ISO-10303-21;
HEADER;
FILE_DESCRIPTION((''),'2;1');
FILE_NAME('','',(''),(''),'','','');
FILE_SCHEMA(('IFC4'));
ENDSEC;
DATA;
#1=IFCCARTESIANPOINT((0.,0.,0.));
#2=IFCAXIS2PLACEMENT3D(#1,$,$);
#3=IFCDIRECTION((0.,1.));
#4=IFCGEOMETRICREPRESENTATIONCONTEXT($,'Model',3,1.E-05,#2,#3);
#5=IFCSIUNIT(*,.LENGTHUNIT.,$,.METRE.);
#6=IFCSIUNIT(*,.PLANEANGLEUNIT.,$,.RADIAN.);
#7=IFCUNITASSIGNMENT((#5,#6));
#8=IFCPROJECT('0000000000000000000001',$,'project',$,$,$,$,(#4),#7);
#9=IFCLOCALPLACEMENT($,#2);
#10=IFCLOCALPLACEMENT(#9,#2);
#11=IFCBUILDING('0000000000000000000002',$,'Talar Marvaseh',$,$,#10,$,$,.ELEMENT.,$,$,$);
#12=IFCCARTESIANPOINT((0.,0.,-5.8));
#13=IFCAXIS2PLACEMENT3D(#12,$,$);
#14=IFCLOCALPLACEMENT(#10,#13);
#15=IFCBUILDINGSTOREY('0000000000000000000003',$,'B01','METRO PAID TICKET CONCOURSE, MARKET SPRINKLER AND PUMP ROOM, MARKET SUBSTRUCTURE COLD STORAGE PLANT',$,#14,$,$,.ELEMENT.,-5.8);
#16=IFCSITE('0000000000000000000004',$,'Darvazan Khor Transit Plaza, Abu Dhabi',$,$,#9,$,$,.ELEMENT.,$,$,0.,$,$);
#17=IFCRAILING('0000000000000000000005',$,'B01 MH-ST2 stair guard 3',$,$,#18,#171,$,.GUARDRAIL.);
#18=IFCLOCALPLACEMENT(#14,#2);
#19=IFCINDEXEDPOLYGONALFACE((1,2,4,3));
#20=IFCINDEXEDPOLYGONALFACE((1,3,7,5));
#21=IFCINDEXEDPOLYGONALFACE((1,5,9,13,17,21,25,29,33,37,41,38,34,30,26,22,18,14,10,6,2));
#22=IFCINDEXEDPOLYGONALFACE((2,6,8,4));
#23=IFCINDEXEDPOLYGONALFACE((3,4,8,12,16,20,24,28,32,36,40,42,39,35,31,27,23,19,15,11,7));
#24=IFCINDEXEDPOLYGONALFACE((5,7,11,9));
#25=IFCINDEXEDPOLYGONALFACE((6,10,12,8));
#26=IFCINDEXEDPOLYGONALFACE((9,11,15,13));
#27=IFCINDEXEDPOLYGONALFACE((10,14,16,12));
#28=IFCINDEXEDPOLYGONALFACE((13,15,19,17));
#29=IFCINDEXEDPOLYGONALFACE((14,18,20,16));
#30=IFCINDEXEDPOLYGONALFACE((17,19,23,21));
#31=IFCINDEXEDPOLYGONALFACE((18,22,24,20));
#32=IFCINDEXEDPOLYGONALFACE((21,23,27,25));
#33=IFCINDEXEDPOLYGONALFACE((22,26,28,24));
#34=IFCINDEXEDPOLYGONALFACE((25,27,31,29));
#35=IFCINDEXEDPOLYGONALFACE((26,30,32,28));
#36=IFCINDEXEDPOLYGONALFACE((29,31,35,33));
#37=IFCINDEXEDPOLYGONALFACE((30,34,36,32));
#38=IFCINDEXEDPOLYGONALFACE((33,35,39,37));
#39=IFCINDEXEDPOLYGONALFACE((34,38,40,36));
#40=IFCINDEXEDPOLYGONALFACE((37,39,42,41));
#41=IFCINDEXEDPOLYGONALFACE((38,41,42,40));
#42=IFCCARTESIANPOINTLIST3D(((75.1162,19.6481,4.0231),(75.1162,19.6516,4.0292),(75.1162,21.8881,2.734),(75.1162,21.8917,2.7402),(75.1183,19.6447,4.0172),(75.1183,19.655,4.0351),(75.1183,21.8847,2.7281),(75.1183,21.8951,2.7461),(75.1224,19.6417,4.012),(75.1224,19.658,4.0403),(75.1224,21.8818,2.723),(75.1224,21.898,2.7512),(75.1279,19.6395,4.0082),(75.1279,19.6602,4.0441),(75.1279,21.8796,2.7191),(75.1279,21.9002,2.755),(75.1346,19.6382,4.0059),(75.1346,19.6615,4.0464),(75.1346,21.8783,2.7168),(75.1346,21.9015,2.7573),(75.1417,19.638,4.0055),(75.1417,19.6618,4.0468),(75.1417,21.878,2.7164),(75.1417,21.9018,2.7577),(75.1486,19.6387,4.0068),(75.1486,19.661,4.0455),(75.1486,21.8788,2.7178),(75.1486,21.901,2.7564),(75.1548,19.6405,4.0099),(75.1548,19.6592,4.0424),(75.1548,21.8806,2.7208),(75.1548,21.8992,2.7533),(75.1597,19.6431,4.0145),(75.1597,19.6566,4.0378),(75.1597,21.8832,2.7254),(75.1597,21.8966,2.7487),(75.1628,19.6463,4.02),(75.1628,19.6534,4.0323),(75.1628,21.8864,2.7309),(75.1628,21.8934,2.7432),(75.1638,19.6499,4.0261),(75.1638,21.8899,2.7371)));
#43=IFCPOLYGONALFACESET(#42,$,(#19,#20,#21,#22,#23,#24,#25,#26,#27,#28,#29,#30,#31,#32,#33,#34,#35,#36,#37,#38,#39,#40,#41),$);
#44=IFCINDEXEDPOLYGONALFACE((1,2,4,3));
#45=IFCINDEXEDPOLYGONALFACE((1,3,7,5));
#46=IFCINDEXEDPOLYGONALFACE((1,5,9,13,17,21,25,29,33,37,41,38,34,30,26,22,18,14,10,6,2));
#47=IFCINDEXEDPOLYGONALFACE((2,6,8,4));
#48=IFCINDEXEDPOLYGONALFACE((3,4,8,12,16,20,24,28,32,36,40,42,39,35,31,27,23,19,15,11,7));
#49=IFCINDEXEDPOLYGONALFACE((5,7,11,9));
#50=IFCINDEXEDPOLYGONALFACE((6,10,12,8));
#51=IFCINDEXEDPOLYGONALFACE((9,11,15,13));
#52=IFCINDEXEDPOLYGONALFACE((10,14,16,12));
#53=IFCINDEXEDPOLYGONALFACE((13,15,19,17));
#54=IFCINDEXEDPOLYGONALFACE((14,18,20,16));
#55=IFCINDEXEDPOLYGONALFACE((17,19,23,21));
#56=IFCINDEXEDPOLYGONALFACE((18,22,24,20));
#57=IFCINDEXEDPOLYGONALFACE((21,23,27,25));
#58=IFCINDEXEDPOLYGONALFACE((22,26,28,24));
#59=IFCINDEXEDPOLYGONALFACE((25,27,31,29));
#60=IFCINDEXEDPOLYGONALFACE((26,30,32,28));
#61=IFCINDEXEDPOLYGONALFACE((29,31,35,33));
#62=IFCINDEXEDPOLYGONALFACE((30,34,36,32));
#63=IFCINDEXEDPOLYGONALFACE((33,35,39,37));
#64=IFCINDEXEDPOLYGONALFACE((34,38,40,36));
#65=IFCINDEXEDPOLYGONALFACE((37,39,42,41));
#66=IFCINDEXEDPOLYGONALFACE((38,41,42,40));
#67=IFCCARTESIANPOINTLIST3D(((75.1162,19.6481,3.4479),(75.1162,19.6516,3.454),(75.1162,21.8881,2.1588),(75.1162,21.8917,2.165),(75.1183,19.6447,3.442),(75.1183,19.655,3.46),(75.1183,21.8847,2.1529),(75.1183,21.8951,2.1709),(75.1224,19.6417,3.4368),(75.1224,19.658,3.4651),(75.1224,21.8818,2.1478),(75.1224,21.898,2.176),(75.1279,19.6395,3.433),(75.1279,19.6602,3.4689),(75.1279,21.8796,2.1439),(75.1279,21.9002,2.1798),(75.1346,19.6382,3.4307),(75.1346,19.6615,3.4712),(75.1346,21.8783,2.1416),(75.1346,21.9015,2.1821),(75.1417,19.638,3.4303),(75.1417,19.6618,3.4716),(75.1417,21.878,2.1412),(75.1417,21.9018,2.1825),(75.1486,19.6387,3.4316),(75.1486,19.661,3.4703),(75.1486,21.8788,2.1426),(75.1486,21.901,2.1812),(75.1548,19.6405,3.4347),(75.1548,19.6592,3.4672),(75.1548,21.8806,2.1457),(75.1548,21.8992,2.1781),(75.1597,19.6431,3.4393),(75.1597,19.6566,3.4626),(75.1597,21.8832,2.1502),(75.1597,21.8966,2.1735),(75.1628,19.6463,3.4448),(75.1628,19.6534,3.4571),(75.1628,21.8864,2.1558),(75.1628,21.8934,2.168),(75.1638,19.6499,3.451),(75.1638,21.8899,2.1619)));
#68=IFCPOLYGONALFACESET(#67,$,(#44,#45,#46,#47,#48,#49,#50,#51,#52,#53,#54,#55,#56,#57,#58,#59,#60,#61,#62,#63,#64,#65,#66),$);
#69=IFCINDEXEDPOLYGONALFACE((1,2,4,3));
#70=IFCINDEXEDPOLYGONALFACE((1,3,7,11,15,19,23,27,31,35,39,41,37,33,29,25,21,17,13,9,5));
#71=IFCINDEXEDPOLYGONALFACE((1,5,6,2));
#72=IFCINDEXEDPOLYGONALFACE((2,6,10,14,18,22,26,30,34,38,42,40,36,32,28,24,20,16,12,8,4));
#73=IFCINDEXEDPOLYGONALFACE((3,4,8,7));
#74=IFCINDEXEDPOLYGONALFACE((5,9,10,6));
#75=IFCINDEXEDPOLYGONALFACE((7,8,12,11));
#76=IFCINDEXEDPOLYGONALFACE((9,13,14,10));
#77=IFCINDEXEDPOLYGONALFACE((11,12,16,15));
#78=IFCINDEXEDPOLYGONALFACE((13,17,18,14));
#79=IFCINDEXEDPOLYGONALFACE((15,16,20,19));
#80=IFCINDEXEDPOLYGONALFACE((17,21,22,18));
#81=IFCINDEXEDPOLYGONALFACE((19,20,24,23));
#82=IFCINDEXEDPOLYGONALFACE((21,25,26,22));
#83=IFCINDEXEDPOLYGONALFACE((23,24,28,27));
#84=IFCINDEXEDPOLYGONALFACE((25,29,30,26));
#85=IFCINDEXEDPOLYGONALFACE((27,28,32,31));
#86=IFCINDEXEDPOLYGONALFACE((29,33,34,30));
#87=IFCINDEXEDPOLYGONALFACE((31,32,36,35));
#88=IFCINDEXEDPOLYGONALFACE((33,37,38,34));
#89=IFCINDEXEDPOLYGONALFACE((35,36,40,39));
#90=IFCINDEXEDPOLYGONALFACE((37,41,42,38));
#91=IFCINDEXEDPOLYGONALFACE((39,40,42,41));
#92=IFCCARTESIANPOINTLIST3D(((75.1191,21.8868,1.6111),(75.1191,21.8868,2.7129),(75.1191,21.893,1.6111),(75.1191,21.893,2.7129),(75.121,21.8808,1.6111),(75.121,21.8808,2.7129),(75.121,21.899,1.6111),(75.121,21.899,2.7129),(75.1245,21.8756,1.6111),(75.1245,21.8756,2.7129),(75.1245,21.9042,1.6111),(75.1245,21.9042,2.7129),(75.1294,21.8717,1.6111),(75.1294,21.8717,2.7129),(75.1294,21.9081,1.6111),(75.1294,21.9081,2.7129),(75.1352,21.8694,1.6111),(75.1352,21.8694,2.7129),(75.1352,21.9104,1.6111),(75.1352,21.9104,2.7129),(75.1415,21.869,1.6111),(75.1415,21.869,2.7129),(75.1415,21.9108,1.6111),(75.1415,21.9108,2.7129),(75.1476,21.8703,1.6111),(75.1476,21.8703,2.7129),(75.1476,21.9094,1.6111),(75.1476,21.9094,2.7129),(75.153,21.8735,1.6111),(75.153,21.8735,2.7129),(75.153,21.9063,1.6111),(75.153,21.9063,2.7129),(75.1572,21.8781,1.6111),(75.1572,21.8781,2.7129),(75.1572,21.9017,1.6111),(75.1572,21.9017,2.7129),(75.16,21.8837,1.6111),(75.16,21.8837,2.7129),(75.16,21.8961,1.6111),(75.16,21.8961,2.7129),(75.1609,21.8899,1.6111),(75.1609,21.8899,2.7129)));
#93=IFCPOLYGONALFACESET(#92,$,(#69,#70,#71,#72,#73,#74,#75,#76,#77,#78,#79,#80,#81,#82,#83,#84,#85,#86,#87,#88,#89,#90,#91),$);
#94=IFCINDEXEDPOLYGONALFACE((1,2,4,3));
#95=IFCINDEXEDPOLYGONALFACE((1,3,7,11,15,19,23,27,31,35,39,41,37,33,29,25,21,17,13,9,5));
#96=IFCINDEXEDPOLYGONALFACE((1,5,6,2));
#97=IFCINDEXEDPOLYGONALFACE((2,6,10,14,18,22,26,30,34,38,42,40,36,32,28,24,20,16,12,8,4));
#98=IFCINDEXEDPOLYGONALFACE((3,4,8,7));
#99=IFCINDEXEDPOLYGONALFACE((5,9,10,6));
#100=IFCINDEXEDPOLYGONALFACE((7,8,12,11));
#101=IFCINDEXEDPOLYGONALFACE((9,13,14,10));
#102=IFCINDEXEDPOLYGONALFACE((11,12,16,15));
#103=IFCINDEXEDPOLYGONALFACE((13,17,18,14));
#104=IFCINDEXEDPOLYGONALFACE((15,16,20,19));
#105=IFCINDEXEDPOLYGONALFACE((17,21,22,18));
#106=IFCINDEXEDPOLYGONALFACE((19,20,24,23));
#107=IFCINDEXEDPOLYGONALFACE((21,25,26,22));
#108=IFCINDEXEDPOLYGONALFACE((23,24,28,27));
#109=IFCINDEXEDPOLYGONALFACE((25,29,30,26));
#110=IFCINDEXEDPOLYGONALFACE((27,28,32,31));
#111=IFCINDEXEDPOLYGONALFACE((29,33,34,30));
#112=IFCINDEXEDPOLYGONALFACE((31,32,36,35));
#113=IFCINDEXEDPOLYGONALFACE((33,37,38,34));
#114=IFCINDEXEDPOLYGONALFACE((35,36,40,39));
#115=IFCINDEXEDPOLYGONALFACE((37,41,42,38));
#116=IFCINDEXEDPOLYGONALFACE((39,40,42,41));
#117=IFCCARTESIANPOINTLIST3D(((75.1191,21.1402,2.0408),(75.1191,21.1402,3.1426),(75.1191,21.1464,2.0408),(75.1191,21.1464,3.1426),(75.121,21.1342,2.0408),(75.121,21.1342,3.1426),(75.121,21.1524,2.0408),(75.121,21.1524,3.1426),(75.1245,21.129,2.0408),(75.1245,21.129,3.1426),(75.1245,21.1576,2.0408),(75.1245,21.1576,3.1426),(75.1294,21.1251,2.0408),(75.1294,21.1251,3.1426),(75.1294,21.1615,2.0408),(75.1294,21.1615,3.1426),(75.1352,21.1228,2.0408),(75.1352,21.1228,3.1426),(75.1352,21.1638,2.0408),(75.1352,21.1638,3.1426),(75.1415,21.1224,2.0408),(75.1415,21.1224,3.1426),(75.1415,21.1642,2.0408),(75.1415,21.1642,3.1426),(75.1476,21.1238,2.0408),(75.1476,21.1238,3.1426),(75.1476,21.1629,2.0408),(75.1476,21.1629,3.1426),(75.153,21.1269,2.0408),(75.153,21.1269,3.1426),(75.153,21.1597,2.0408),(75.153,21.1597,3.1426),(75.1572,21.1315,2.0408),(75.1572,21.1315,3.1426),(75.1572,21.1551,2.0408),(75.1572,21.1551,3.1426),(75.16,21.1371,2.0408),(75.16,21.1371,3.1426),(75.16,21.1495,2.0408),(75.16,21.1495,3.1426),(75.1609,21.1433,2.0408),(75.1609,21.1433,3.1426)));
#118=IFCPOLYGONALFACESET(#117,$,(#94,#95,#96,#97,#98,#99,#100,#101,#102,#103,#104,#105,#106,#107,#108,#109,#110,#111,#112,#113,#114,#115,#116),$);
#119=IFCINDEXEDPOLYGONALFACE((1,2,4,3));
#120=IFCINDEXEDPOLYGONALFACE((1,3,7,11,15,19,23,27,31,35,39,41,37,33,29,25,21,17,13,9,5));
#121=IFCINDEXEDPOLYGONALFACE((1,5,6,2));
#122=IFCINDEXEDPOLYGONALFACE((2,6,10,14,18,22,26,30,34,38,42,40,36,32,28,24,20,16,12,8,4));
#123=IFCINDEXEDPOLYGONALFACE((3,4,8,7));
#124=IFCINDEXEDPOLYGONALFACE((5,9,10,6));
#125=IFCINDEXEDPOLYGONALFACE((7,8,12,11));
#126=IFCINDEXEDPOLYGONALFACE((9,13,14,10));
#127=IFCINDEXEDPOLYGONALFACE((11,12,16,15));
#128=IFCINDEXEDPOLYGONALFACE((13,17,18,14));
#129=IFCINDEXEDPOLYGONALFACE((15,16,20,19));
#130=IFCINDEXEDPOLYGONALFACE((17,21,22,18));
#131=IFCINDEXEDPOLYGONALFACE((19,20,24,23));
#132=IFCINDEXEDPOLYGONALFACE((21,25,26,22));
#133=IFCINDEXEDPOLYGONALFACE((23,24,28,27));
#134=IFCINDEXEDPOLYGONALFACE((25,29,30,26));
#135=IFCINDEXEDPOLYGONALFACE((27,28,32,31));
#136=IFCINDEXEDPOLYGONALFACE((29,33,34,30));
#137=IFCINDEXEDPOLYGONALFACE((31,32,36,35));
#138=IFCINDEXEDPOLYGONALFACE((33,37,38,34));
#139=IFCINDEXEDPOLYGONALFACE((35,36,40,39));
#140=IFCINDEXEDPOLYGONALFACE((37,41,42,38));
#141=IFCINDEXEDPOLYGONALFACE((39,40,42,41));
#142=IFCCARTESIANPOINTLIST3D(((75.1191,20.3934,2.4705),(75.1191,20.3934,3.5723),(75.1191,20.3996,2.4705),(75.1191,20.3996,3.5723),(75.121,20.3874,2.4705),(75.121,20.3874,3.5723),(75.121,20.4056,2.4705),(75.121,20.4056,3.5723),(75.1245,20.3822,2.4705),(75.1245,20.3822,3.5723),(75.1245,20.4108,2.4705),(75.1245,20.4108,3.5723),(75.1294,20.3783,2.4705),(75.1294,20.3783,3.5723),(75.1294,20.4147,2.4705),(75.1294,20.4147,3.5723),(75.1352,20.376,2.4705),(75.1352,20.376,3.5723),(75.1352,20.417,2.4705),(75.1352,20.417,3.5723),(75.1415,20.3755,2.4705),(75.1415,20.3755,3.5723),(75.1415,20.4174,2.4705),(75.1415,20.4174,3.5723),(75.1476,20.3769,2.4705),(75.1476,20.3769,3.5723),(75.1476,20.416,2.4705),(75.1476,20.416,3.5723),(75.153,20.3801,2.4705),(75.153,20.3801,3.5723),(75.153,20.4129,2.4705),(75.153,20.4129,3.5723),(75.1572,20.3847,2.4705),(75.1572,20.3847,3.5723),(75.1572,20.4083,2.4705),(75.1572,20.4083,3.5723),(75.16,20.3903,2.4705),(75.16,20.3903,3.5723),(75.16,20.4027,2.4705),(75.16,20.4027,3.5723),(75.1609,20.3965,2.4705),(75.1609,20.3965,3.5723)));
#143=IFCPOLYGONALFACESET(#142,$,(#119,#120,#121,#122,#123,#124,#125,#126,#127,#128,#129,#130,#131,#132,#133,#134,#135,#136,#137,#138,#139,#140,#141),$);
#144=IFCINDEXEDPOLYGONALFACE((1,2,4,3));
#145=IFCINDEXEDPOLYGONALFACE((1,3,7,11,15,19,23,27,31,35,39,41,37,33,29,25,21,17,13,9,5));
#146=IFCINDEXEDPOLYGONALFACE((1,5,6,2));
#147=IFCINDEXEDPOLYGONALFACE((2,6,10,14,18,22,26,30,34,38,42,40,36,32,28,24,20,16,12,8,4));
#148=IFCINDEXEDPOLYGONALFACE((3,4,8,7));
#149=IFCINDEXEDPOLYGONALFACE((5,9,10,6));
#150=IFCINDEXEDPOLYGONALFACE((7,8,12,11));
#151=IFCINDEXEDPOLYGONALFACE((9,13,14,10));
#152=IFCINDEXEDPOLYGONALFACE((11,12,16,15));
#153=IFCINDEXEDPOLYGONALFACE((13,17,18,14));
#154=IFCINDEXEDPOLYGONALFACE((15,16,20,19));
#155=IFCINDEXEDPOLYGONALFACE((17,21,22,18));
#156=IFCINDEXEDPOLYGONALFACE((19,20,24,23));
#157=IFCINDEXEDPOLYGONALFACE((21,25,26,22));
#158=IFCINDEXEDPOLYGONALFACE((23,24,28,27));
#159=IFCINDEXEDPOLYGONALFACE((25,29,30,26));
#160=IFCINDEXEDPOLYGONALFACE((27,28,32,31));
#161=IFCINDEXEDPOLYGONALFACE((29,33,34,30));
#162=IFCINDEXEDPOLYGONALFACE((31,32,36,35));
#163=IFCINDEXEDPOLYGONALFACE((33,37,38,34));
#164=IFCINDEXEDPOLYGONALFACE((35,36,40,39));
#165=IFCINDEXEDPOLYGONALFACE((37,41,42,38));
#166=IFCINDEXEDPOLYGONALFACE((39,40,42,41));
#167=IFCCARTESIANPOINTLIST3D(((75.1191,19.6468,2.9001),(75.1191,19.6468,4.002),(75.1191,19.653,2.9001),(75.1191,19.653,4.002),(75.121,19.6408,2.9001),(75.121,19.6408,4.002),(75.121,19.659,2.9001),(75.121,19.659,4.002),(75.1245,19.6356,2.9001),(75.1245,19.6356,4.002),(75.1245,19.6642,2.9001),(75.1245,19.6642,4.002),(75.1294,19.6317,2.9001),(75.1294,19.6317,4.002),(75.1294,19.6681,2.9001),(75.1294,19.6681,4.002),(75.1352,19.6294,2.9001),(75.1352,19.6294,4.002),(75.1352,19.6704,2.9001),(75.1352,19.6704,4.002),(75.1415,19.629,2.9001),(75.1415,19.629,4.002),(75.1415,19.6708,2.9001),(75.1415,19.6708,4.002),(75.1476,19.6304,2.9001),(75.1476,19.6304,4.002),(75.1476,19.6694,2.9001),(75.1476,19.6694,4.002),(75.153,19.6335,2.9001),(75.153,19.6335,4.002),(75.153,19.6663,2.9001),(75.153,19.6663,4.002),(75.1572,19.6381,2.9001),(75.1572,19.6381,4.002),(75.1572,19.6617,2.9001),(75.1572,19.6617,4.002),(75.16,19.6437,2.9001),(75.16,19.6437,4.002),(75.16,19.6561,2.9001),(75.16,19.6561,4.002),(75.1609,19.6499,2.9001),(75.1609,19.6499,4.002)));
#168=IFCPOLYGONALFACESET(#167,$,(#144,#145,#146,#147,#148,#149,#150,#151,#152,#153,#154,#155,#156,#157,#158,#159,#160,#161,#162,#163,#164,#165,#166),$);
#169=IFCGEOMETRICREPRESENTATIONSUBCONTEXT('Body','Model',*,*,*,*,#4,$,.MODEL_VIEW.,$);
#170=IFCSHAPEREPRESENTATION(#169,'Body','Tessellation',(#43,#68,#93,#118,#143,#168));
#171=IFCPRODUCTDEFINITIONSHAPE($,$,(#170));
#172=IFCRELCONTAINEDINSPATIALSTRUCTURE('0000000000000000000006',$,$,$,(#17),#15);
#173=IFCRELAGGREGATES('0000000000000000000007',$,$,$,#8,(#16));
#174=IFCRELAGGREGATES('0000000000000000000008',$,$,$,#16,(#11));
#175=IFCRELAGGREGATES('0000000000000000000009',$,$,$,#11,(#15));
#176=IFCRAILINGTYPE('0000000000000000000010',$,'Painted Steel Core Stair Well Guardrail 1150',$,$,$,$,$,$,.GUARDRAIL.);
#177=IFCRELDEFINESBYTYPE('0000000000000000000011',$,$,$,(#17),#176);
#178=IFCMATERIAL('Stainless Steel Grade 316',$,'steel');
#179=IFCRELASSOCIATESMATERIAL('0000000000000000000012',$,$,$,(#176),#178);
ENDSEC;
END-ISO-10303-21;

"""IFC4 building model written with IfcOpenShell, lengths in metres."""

from ifc_helpers import new_model, si_unit, direction, frame, origin, origin_2d, place, context, subcontext, project, spatial, circle, extrude, material, type_object, element, save


model = new_model("IFC4")

# Units and contexts
model_context = context("Model", 3, precision=1e-05, world=origin(), true_north=direction((0.0, 1.0)))
body_context = subcontext(model_context, "Body", "Model", "MODEL_VIEW")
ifc_project = project(units=[si_unit("LENGTHUNIT", "METRE"), si_unit("PLANEANGLEUNIT", "RADIAN")], contexts=[model_context])

# Site, building, storey
site_placement = place(None, origin())
site = spatial("IfcSite", under=ifc_project, at=site_placement, Name="Darvazan Khor Transit Plaza, Abu Dhabi", CompositionType="ELEMENT", RefElevation=0.0)
building_placement = place(site_placement, origin())
building = spatial("IfcBuilding", under=site, at=building_placement, Name="Talar Marvaseh", CompositionType="ELEMENT")
storey_placement = place(building_placement, frame((0.0, 0.0, -5.8)))
storey = spatial("IfcBuildingStorey", under=building, at=storey_placement, Name="B01", Description="METRO PAID TICKET CONCOURSE, MARKET SPRINKLER AND PUMP ROOM, MARKET SUBSTRUCTURE COLD STORAGE PLANT", CompositionType="ELEMENT", Elevation=-5.8)

# Railing
ifc_material_1 = material(Name="Stainless Steel Grade 316", Category="steel")
railing_type_1 = type_object("IfcRailingType", Name="Painted Steel Core Stair Well Guardrail 1150", PredefinedType="GUARDRAIL", material=ifc_material_1)
railing_1_placement = place(storey_placement, frame((75.1399, 21.8899, 1.6111)))
element("IfcRailing", 1, at=railing_1_placement, inside=storey, type_object=railing_type_1, Name="B01 MH-ST2 stair guard 3", PredefinedType="GUARDRAIL", context=body_context, shape_type="SweptSolid", body=[
    extrude(circle(Radius=0.0239, at=origin_2d()), frame((0.0, 0.0, 1.126), z_axis=(0.0, -0.866728, 0.498782), x_axis=(1.0, 0.0, 0.0)), (0.0, 0.0, 1.0), 2.5845),
    extrude(circle(Radius=0.0239, at=origin_2d()), frame((0.0, 0.0, 0.5508), z_axis=(0.0, -0.866728, 0.498782), x_axis=(1.0, 0.0, 0.0)), (0.0, 0.0, 1.0), 2.5845),
    extrude(circle(Radius=0.021, at=origin_2d()), origin(), (0.0, 0.0, 1.0), 1.1018),
    extrude(circle(Radius=0.021, at=origin_2d()), frame((0.0, -0.7466, 0.4297)), (0.0, 0.0, 1.0), 1.1018),
    extrude(circle(Radius=0.021, at=origin_2d()), frame((0.0, -1.4934, 0.8594)), (0.0, 0.0, 1.0), 1.1018),
    extrude(circle(Radius=0.021, at=origin_2d()), frame((0.0, -2.24, 1.2891)), (0.0, 0.0, 1.0), 1.1018),
])

save(model, "model.ifc")
